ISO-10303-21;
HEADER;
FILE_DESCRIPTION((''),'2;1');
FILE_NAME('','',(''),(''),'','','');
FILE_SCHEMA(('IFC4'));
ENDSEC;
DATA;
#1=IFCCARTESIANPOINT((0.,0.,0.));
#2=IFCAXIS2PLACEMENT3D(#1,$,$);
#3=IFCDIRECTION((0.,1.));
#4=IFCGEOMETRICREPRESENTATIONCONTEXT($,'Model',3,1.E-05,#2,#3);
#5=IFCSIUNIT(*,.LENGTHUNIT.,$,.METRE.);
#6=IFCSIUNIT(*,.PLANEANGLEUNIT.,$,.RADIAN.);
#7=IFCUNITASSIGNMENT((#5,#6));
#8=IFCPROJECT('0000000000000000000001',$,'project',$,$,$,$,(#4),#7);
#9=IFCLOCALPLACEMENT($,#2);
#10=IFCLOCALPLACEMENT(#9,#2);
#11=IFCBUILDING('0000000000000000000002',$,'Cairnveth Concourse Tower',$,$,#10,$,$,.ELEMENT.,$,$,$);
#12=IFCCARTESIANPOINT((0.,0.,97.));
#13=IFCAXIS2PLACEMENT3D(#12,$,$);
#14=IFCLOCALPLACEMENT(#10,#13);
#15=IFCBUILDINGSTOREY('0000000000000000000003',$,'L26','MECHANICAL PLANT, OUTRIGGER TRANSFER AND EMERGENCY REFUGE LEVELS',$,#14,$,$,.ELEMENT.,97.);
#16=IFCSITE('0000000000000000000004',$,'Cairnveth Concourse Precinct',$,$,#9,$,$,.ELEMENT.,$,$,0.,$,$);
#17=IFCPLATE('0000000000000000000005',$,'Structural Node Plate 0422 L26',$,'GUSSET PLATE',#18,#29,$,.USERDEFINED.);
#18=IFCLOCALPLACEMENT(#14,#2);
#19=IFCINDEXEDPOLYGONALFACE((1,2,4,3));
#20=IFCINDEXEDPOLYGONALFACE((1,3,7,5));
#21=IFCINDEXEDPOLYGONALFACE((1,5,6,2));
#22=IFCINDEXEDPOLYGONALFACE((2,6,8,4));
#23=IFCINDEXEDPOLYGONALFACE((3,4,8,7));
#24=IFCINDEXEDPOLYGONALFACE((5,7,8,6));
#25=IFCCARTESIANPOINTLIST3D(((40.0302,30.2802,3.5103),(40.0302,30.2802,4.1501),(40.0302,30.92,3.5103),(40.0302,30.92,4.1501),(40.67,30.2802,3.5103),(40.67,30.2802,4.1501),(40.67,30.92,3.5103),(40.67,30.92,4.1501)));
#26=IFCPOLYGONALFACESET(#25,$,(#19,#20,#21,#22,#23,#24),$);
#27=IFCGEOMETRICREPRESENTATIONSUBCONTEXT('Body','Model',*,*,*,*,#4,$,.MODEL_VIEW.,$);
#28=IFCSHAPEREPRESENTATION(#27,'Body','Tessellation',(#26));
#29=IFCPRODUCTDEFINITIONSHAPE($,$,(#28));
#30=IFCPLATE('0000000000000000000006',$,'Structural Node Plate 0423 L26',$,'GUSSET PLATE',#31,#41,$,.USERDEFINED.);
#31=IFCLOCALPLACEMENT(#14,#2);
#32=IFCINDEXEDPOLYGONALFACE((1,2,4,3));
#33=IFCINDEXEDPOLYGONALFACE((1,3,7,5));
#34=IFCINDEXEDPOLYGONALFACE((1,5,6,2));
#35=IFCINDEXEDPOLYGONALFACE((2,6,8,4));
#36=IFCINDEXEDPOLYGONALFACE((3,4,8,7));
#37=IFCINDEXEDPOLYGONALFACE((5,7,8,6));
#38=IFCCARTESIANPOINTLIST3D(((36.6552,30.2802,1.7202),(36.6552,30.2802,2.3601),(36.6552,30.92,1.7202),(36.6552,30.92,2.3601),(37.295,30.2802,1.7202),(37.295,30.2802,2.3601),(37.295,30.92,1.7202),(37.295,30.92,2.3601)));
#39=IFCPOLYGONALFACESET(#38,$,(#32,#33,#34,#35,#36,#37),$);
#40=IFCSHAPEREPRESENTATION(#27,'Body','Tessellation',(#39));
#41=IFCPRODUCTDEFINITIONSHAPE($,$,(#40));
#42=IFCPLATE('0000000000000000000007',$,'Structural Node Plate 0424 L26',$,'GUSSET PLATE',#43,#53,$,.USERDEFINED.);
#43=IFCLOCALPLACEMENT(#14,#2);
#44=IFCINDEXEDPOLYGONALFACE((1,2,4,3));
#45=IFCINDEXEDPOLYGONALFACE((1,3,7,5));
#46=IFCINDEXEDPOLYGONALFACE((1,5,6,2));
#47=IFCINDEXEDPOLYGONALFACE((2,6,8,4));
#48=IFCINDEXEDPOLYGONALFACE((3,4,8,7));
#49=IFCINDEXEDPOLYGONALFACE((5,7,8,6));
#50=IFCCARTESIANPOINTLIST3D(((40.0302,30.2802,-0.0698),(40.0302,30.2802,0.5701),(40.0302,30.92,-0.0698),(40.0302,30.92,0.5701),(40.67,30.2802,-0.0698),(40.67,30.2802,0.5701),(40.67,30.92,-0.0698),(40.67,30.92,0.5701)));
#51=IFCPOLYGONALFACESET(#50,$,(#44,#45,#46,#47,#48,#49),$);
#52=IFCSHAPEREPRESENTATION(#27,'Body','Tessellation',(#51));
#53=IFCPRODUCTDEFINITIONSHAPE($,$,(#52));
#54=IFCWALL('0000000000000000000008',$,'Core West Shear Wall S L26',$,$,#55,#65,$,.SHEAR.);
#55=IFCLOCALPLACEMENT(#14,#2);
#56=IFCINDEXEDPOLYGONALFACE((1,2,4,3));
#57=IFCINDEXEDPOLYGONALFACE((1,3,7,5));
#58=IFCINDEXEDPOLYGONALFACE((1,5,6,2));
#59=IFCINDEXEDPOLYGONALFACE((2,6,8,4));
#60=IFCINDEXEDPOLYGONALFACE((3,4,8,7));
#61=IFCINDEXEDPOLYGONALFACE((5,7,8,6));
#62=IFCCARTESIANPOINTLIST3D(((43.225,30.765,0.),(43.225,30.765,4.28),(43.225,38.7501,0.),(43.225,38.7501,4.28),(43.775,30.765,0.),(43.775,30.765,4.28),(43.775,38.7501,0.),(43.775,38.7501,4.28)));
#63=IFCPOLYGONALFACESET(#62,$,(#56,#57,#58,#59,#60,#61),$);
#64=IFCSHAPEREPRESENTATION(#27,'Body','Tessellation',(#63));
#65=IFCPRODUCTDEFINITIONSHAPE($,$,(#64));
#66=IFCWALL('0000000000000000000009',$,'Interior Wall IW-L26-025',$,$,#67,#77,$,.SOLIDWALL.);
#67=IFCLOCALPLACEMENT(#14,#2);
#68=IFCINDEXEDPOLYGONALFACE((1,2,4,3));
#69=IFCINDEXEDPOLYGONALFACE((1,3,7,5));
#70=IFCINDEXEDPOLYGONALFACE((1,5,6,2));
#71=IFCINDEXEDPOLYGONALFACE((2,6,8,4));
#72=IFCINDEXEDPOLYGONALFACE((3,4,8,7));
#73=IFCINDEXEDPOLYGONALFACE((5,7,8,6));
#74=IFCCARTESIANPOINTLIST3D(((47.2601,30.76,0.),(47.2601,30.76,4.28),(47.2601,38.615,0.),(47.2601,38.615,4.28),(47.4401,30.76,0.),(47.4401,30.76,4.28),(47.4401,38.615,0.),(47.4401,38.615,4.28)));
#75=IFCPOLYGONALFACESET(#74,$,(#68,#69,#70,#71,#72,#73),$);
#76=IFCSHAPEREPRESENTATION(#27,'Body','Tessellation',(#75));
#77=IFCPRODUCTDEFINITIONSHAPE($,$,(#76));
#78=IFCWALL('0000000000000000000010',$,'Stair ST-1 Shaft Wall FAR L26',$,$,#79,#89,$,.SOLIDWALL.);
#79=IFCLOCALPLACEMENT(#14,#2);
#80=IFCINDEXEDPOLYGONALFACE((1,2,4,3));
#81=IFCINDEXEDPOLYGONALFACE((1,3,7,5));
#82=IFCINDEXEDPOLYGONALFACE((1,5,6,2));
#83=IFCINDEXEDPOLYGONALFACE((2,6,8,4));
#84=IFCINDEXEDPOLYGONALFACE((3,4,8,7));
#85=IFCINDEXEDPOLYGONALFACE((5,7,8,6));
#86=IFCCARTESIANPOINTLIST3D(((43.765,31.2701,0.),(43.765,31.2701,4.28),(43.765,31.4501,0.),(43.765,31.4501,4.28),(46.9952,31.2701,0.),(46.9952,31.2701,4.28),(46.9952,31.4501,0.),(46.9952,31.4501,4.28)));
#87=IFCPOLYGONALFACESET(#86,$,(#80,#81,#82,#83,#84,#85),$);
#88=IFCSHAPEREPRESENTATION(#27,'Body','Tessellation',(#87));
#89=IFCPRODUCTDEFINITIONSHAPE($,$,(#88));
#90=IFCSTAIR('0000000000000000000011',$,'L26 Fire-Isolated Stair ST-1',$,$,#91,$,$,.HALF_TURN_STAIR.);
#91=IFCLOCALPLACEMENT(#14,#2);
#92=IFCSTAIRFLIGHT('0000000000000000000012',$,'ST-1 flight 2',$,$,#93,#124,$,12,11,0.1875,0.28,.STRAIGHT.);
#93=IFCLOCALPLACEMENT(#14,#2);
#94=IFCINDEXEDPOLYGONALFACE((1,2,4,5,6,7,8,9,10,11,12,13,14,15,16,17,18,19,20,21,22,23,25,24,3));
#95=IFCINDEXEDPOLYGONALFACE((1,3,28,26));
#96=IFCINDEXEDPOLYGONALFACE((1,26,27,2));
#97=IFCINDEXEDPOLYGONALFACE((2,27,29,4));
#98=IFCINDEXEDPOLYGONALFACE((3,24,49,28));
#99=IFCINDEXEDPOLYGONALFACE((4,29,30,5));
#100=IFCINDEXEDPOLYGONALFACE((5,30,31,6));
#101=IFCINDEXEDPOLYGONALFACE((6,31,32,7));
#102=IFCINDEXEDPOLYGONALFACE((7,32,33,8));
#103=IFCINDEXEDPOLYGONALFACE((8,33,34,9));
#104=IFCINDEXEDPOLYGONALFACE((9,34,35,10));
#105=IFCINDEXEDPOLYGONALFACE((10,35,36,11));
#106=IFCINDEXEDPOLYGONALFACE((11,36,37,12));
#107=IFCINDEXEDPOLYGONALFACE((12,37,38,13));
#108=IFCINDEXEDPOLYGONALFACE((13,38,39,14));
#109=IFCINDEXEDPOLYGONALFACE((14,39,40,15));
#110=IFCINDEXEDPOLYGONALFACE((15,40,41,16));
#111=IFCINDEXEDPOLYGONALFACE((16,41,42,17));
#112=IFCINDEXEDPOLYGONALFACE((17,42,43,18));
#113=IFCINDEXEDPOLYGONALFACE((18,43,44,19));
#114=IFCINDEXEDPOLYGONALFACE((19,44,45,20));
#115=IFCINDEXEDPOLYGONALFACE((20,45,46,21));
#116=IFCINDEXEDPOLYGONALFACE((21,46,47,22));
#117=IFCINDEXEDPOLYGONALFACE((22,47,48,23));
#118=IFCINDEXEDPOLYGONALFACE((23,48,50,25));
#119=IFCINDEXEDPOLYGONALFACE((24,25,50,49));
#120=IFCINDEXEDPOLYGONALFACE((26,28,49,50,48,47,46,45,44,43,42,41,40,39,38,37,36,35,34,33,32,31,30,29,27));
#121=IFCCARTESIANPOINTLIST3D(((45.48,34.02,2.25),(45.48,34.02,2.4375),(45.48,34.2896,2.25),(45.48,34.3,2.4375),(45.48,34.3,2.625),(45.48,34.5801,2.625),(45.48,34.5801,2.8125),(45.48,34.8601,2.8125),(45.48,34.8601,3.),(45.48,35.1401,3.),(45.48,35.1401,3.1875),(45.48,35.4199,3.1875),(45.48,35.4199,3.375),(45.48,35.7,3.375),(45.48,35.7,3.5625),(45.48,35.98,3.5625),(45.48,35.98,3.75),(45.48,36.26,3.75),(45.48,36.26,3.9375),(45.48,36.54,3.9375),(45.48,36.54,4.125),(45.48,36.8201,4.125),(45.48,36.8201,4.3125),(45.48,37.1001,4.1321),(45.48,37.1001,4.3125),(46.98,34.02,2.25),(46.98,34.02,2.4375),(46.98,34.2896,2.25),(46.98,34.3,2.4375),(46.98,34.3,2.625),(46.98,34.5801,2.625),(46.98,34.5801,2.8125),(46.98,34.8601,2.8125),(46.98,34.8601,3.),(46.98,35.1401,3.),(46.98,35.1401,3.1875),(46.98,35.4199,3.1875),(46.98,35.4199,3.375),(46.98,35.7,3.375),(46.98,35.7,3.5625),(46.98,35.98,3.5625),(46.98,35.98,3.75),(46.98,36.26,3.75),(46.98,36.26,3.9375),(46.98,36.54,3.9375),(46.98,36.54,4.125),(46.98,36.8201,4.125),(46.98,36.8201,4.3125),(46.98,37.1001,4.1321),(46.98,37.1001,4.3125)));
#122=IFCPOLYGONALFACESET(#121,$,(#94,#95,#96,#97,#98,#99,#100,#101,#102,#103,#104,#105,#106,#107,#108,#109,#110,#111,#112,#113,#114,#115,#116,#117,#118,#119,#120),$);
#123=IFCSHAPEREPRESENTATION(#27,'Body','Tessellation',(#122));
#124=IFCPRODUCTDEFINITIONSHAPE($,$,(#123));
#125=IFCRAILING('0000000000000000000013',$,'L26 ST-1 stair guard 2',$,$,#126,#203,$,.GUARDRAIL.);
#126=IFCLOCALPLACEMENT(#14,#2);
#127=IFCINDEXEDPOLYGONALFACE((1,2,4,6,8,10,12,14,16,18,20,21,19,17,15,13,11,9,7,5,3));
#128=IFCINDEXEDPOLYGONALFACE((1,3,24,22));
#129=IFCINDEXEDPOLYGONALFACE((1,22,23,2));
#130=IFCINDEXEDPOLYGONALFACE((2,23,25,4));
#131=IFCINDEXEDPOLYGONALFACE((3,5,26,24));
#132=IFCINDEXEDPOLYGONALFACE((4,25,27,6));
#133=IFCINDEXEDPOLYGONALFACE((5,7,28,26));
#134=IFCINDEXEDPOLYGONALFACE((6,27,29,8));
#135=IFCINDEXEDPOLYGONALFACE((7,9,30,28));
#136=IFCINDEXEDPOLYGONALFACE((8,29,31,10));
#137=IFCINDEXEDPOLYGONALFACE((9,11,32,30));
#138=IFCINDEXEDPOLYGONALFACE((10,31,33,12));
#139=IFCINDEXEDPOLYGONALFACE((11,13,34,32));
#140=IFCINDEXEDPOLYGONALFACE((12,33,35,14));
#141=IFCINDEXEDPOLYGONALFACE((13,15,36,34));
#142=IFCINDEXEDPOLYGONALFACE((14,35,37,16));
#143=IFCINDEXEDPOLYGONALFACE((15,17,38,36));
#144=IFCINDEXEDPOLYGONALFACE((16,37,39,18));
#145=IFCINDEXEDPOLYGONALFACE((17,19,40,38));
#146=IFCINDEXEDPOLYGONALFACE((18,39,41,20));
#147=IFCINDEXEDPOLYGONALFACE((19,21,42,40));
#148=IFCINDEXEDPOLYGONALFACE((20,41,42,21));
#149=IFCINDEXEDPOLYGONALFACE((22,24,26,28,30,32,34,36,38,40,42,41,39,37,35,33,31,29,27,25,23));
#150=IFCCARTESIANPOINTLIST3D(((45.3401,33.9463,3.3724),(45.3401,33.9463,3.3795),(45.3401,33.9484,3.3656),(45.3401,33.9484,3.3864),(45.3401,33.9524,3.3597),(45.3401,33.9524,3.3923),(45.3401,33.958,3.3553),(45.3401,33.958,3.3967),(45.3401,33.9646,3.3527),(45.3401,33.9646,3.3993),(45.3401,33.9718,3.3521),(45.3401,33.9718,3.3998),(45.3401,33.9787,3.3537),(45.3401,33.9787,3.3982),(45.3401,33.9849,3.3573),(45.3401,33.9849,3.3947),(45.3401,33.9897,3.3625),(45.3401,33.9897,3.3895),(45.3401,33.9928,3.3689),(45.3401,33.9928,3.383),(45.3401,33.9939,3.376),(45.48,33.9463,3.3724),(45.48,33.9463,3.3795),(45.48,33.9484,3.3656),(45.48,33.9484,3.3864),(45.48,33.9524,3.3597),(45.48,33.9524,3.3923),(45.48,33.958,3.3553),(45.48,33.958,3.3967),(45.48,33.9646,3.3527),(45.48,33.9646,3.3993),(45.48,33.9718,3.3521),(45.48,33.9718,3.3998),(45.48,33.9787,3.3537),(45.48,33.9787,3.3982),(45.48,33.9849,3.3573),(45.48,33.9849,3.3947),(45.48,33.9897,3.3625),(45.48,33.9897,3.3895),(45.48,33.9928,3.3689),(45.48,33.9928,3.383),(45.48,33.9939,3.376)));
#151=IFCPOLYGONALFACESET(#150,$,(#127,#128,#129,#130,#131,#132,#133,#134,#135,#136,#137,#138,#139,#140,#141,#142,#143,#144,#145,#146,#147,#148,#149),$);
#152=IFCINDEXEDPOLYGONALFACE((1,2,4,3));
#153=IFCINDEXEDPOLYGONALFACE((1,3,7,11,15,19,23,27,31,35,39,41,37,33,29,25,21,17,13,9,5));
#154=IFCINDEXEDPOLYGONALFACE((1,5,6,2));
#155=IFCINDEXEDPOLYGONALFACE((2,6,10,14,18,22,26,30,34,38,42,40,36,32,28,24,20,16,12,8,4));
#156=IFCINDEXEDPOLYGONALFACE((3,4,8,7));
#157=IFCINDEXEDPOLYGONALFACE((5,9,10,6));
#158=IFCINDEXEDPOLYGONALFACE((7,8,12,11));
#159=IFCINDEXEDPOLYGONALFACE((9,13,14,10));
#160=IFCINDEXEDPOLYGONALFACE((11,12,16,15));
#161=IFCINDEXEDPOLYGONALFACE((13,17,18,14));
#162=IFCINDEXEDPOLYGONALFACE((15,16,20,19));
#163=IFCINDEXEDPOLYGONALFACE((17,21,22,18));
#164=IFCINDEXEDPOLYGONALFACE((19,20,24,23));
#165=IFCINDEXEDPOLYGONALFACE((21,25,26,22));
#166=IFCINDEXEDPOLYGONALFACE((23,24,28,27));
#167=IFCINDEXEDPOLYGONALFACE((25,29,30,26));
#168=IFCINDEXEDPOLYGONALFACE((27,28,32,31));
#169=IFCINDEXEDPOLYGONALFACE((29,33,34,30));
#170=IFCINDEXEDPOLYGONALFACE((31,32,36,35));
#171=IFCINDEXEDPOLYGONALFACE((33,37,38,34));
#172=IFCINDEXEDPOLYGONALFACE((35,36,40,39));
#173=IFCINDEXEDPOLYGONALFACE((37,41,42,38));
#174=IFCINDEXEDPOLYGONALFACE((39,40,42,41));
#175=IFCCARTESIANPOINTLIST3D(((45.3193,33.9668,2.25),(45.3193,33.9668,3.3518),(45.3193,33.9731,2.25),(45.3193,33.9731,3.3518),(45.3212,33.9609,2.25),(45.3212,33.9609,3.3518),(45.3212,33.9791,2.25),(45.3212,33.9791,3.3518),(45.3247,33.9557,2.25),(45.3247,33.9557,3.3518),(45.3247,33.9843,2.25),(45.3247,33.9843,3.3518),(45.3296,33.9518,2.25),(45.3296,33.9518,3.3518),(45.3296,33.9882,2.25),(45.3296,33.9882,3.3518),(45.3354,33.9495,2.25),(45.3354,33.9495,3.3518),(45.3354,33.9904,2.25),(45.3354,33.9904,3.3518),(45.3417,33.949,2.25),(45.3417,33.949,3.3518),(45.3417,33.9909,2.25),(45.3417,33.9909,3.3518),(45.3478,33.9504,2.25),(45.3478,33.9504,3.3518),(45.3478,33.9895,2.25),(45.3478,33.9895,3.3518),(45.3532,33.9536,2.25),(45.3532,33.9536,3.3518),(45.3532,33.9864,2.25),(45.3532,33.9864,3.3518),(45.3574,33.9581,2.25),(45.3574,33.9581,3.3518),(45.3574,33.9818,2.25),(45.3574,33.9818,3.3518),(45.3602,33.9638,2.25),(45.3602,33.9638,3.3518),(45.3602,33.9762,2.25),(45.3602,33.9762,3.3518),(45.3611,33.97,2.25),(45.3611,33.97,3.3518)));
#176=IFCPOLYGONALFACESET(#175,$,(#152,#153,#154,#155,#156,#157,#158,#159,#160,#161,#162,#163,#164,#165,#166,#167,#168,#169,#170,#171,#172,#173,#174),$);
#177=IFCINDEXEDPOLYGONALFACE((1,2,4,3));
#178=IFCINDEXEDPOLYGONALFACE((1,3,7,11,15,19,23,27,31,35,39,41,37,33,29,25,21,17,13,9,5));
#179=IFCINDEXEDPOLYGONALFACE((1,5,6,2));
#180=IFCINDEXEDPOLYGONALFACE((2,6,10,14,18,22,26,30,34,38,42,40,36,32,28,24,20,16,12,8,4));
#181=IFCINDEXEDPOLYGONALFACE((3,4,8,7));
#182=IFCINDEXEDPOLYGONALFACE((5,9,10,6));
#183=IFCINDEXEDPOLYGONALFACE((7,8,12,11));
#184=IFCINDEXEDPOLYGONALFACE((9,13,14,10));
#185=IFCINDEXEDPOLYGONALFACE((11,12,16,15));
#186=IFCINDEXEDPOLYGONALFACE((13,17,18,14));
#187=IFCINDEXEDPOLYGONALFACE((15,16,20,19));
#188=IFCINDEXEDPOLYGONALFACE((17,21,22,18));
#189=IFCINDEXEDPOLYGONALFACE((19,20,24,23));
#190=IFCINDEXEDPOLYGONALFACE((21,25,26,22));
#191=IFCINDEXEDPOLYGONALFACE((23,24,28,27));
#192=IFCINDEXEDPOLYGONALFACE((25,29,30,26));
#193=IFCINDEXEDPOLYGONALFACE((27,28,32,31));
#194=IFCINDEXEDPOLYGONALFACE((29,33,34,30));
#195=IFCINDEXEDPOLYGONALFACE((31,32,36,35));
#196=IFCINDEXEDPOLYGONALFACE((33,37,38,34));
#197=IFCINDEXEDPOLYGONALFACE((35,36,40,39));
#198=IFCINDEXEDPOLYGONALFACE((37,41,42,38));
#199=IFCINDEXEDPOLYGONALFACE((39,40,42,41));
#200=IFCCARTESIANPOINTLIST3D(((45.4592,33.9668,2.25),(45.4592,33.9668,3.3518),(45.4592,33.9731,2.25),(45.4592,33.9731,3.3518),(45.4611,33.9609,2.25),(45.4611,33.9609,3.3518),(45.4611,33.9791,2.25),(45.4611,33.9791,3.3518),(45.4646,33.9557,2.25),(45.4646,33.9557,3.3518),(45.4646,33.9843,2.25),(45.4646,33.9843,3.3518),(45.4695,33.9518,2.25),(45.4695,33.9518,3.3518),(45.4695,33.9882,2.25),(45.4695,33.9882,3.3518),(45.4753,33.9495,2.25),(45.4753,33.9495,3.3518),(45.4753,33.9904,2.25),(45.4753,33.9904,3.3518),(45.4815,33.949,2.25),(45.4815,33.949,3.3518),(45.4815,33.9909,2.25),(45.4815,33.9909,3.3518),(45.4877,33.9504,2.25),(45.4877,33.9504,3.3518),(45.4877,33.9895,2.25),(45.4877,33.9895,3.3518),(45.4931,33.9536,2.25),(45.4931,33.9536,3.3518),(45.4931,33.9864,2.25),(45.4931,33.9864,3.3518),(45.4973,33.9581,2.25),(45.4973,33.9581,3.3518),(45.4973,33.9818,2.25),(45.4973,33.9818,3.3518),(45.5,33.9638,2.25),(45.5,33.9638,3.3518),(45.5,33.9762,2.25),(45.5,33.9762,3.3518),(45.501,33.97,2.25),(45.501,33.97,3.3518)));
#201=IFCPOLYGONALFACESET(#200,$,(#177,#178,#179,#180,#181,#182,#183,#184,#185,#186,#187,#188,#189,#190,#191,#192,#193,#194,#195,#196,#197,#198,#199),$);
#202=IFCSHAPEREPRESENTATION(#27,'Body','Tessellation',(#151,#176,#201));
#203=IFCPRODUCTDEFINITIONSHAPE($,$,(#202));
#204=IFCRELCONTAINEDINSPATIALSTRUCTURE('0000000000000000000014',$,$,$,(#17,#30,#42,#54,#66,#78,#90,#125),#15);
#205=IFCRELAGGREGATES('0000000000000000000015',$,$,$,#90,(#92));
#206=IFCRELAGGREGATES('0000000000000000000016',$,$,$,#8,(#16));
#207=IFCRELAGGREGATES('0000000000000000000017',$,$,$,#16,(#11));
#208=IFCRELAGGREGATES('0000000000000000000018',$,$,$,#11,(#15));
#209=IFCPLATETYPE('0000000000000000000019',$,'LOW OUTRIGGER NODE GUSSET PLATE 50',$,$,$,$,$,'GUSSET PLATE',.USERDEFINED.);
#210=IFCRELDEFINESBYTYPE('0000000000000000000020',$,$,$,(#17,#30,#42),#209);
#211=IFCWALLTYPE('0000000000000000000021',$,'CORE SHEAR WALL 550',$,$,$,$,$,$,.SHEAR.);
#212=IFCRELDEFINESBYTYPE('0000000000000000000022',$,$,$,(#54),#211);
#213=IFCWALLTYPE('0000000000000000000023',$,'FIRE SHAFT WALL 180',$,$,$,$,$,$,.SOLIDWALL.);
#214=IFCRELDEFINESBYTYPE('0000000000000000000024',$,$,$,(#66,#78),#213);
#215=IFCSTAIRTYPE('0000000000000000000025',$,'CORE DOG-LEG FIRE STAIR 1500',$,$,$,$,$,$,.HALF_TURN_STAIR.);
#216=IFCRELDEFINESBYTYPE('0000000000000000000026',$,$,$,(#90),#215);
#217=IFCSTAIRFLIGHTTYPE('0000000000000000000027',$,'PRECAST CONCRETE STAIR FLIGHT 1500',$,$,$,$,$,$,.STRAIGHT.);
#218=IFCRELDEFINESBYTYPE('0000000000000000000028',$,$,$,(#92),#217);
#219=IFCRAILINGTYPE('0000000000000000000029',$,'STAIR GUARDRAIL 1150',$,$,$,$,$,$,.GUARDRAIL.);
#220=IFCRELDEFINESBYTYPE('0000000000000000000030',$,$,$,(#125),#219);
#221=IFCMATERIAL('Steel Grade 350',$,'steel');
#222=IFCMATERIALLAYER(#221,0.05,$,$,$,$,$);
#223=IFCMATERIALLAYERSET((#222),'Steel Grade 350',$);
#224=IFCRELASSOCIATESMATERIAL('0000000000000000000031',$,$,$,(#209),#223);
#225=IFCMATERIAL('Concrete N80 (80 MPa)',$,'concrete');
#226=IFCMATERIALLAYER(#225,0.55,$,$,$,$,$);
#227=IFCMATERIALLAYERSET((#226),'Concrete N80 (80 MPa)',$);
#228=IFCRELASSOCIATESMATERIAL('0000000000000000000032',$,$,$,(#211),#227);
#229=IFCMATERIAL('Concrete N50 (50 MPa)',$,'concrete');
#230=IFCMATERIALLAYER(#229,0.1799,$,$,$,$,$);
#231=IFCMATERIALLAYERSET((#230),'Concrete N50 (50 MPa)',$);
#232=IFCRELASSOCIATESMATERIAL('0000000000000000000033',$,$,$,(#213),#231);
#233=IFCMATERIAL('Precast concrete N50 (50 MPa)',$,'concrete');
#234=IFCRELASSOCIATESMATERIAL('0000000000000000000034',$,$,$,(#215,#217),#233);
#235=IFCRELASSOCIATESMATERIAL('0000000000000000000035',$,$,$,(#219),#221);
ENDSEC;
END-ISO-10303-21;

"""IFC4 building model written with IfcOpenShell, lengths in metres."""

from ifc_helpers import new_model, si_unit, direction, frame, frame_2d, origin, origin_2d, place, context, subcontext, project, spatial, polyline, rectangle, circle, outline, extrude, material, layer, layer_set, type_object, element, aggregate, save


model = new_model("IFC4")

# Units and contexts
model_context = context("Model", 3, precision=1e-05, world=origin(), true_north=direction((0.0, 1.0)))
body_context = subcontext(model_context, "Body", "Model", "MODEL_VIEW")
ifc_project = project(units=[si_unit("LENGTHUNIT", "METRE"), si_unit("PLANEANGLEUNIT", "RADIAN")], contexts=[model_context])

# Site, building, storey
site_placement = place(None, origin())
site = spatial("IfcSite", under=ifc_project, at=site_placement, Name="Cairnveth Concourse Precinct", CompositionType="ELEMENT", RefElevation=0.0)
building_placement = place(site_placement, origin())
building = spatial("IfcBuilding", under=site, at=building_placement, Name="Cairnveth Concourse Tower", CompositionType="ELEMENT")
storey_placement = place(building_placement, frame((0.0, 0.0, 97.0)))
storey = spatial("IfcBuildingStorey", under=building, at=storey_placement, Name="L26", Description="MECHANICAL PLANT, OUTRIGGER TRANSFER AND EMERGENCY REFUGE LEVELS", CompositionType="ELEMENT", Elevation=97.0)

# Shared definitions
ifc_material_1 = material(Name="Concrete N80 (80 MPa)", Category="concrete")

# Plates
ifc_material_2 = material(Name="Steel Grade 350", Category="steel")
ifc_layer_1 = layer(ifc_material_2, 0.05)
ifc_layer_set_1 = layer_set([ifc_layer_1], Name="Steel Grade 350")
plate_type = type_object("IfcPlateType", Name="LOW OUTRIGGER NODE GUSSET PLATE 50", ElementType="GUSSET PLATE", PredefinedType="USERDEFINED", material=ifc_layer_set_1)
for number, where, z_axis, x_axis, name in (
    (1, (40.3501, 30.6001, 3.5103), (0.0, 0.0, 1.0), (1.0, 0.0, 0.0), "Structural Node Plate 0422 L26"),
    (2, (36.9751, 30.6001, 1.7202), (0.0, 0.0, 1.0), (1.0, 0.0, 0.0), "Structural Node Plate 0423 L26"),
    (3, (40.3501, 30.6001, -0.0698), (0.0, 0.0, 1.0), (1.0, 0.0, 0.0), "Structural Node Plate 0424 L26"),
):
    element("IfcPlate", number, at=place(storey_placement, frame(where, z_axis=z_axis, x_axis=x_axis)), inside=storey, type_object=plate_type, Name=name, ObjectType="GUSSET PLATE", PredefinedType="USERDEFINED", context=body_context, shape_type="SweptSolid", body=[
        extrude(rectangle(XDim=0.6399, YDim=0.6399, at=origin_2d()), origin(), (0.0, 0.0, 1.0), 0.6399),
    ])

# Walls
ifc_layer_2 = layer(ifc_material_1, 0.55)
ifc_layer_set_2 = layer_set([ifc_layer_2], Name="Concrete N80 (80 MPa)")
wall_type_1 = type_object("IfcWallType", Name="CORE SHEAR WALL 550", PredefinedType="SHEAR", material=ifc_layer_set_2)
wall_1_placement = place(storey_placement, frame((43.5, 30.7649, 0.0), z_axis=(0.0, 0.0, 1.0), x_axis=(0.0, 1.0, 0.0)))
element("IfcWall", 4, at=wall_1_placement, inside=storey, type_object=wall_type_1, Name="Core West Shear Wall S L26", PredefinedType="SHEAR", context=body_context, shape_type="SweptSolid", body=[
    extrude(rectangle(XDim=7.9851, YDim=0.55, at=frame_2d((3.9927, 0.0))), origin(), (0.0, 0.0, 1.0), 4.28),
])
ifc_material_3 = material(Name="Concrete N50 (50 MPa)", Category="concrete")
ifc_layer_3 = layer(ifc_material_3, 0.1799)
ifc_layer_set_3 = layer_set([ifc_layer_3], Name="Concrete N50 (50 MPa)")
wall_type_2 = type_object("IfcWallType", Name="FIRE SHAFT WALL 180", PredefinedType="SOLIDWALL", material=ifc_layer_set_3)
wall_2_placement = place(storey_placement, frame((47.3501, 30.76, 0.0), z_axis=(0.0, 0.0, 1.0), x_axis=(0.0, 1.0, 0.0)))
element("IfcWall", 5, at=wall_2_placement, inside=storey, type_object=wall_type_2, Name="Interior Wall IW-L26-025", PredefinedType="SOLIDWALL", context=body_context, shape_type="SweptSolid", body=[
    extrude(rectangle(XDim=7.855, YDim=0.1799, at=frame_2d((3.9275, 0.0))), origin(), (0.0, 0.0, 1.0), 4.28),
])
wall_3_placement = place(storey_placement, frame((43.7649, 31.3601, 0.0), z_axis=(0.0, 0.0, 1.0), x_axis=(1.0, 0.0, 0.0)))
element("IfcWall", 6, at=wall_3_placement, inside=storey, type_object=wall_type_2, Name="Stair ST-1 Shaft Wall FAR L26", PredefinedType="SOLIDWALL", context=body_context, shape_type="SweptSolid", body=[
    extrude(rectangle(XDim=3.2302, YDim=0.1799, at=frame_2d((1.6152, 0.0))), origin(), (0.0, 0.0, 1.0), 4.28),
])

# Stair, stair flight
ifc_material_4 = material(Name="Precast concrete N50 (50 MPa)", Category="concrete")
stair_type = type_object("IfcStairType", Name="CORE DOG-LEG FIRE STAIR 1500", PredefinedType="HALF_TURN_STAIR", material=ifc_material_4)
stair_placement = place(storey_placement, origin())
stair = element("IfcStair", 7, at=stair_placement, inside=storey, type_object=stair_type, Name="L26 Fire-Isolated Stair ST-1", PredefinedType="HALF_TURN_STAIR")
stair_flight_type = type_object("IfcStairFlightType", Name="PRECAST CONCRETE STAIR FLIGHT 1500", PredefinedType="STRAIGHT", material=ifc_material_4)
stair_flight_placement = place(storey_placement, frame((46.23, 34.02, 2.25), z_axis=(0.0, 0.0, 1.0), x_axis=(0.0, 1.0, 0.0)))
stair_flight = element("IfcStairFlight", 8, at=stair_flight_placement, type_object=stair_flight_type, Name="ST-1 flight 2", NumberOfRisers=12, NumberOfTreads=11, PredefinedType="STRAIGHT", RiserHeight=0.1875, TreadLength=0.28, context=body_context, shape_type="SweptSolid", body=[
    extrude(outline(polyline([(0.0, 0.0), (0.0, 0.1875), (0.28, 0.1875), (0.28, 0.375), (0.5601, 0.375), (0.5601, 0.5625), (0.8401, 0.5625), (0.8401, 0.75), (1.1201, 0.75), (1.1201, 0.9375), (1.3999, 0.9375), (1.3999, 1.125), (1.6799, 1.125), (1.6799, 1.3125), (1.96, 1.3125), (1.96, 1.5), (2.24, 1.5), (2.24, 1.6875), (2.52, 1.6875), (2.52, 1.875), (2.8, 1.875), (2.8, 2.0625), (3.0801, 2.0625), (3.0801, 2.25), (3.0801, 1.8821), (0.2695, 0.0), (0.0, 0.0)])), frame((0.0, 0.75, 0.0), z_axis=(0.0, -1.0, 0.0), x_axis=(1.0, 0.0, 0.0)), (0.0, 0.0, 1.0), 1.5),
])
aggregate(stair, [stair_flight])

# Railing
railing_type_1 = type_object("IfcRailingType", Name="STAIR GUARDRAIL 1150", PredefinedType="GUARDRAIL", material=ifc_material_2)
railing_1_placement = place(storey_placement, frame((45.3401, 33.97, 2.25)))
element("IfcRailing", 9, at=railing_1_placement, inside=storey, type_object=railing_type_1, Name="L26 ST-1 stair guard 2", PredefinedType="GUARDRAIL", context=body_context, shape_type="SweptSolid", body=[
    extrude(circle(Radius=0.0239, at=origin_2d()), frame((0.0, 0.0, 1.126), z_axis=(1.0, 0.0, 0.0), x_axis=(0.0, 1.0, 0.0)), (0.0, 0.0, 1.0), 0.1399),
    extrude(circle(Radius=0.021, at=origin_2d()), origin(), (0.0, 0.0, 1.0), 1.1018),
    extrude(circle(Radius=0.021, at=origin_2d()), frame((0.1399, 0.0, 0.0)), (0.0, 0.0, 1.0), 1.1018),
])

save(model, "model.ifc")
